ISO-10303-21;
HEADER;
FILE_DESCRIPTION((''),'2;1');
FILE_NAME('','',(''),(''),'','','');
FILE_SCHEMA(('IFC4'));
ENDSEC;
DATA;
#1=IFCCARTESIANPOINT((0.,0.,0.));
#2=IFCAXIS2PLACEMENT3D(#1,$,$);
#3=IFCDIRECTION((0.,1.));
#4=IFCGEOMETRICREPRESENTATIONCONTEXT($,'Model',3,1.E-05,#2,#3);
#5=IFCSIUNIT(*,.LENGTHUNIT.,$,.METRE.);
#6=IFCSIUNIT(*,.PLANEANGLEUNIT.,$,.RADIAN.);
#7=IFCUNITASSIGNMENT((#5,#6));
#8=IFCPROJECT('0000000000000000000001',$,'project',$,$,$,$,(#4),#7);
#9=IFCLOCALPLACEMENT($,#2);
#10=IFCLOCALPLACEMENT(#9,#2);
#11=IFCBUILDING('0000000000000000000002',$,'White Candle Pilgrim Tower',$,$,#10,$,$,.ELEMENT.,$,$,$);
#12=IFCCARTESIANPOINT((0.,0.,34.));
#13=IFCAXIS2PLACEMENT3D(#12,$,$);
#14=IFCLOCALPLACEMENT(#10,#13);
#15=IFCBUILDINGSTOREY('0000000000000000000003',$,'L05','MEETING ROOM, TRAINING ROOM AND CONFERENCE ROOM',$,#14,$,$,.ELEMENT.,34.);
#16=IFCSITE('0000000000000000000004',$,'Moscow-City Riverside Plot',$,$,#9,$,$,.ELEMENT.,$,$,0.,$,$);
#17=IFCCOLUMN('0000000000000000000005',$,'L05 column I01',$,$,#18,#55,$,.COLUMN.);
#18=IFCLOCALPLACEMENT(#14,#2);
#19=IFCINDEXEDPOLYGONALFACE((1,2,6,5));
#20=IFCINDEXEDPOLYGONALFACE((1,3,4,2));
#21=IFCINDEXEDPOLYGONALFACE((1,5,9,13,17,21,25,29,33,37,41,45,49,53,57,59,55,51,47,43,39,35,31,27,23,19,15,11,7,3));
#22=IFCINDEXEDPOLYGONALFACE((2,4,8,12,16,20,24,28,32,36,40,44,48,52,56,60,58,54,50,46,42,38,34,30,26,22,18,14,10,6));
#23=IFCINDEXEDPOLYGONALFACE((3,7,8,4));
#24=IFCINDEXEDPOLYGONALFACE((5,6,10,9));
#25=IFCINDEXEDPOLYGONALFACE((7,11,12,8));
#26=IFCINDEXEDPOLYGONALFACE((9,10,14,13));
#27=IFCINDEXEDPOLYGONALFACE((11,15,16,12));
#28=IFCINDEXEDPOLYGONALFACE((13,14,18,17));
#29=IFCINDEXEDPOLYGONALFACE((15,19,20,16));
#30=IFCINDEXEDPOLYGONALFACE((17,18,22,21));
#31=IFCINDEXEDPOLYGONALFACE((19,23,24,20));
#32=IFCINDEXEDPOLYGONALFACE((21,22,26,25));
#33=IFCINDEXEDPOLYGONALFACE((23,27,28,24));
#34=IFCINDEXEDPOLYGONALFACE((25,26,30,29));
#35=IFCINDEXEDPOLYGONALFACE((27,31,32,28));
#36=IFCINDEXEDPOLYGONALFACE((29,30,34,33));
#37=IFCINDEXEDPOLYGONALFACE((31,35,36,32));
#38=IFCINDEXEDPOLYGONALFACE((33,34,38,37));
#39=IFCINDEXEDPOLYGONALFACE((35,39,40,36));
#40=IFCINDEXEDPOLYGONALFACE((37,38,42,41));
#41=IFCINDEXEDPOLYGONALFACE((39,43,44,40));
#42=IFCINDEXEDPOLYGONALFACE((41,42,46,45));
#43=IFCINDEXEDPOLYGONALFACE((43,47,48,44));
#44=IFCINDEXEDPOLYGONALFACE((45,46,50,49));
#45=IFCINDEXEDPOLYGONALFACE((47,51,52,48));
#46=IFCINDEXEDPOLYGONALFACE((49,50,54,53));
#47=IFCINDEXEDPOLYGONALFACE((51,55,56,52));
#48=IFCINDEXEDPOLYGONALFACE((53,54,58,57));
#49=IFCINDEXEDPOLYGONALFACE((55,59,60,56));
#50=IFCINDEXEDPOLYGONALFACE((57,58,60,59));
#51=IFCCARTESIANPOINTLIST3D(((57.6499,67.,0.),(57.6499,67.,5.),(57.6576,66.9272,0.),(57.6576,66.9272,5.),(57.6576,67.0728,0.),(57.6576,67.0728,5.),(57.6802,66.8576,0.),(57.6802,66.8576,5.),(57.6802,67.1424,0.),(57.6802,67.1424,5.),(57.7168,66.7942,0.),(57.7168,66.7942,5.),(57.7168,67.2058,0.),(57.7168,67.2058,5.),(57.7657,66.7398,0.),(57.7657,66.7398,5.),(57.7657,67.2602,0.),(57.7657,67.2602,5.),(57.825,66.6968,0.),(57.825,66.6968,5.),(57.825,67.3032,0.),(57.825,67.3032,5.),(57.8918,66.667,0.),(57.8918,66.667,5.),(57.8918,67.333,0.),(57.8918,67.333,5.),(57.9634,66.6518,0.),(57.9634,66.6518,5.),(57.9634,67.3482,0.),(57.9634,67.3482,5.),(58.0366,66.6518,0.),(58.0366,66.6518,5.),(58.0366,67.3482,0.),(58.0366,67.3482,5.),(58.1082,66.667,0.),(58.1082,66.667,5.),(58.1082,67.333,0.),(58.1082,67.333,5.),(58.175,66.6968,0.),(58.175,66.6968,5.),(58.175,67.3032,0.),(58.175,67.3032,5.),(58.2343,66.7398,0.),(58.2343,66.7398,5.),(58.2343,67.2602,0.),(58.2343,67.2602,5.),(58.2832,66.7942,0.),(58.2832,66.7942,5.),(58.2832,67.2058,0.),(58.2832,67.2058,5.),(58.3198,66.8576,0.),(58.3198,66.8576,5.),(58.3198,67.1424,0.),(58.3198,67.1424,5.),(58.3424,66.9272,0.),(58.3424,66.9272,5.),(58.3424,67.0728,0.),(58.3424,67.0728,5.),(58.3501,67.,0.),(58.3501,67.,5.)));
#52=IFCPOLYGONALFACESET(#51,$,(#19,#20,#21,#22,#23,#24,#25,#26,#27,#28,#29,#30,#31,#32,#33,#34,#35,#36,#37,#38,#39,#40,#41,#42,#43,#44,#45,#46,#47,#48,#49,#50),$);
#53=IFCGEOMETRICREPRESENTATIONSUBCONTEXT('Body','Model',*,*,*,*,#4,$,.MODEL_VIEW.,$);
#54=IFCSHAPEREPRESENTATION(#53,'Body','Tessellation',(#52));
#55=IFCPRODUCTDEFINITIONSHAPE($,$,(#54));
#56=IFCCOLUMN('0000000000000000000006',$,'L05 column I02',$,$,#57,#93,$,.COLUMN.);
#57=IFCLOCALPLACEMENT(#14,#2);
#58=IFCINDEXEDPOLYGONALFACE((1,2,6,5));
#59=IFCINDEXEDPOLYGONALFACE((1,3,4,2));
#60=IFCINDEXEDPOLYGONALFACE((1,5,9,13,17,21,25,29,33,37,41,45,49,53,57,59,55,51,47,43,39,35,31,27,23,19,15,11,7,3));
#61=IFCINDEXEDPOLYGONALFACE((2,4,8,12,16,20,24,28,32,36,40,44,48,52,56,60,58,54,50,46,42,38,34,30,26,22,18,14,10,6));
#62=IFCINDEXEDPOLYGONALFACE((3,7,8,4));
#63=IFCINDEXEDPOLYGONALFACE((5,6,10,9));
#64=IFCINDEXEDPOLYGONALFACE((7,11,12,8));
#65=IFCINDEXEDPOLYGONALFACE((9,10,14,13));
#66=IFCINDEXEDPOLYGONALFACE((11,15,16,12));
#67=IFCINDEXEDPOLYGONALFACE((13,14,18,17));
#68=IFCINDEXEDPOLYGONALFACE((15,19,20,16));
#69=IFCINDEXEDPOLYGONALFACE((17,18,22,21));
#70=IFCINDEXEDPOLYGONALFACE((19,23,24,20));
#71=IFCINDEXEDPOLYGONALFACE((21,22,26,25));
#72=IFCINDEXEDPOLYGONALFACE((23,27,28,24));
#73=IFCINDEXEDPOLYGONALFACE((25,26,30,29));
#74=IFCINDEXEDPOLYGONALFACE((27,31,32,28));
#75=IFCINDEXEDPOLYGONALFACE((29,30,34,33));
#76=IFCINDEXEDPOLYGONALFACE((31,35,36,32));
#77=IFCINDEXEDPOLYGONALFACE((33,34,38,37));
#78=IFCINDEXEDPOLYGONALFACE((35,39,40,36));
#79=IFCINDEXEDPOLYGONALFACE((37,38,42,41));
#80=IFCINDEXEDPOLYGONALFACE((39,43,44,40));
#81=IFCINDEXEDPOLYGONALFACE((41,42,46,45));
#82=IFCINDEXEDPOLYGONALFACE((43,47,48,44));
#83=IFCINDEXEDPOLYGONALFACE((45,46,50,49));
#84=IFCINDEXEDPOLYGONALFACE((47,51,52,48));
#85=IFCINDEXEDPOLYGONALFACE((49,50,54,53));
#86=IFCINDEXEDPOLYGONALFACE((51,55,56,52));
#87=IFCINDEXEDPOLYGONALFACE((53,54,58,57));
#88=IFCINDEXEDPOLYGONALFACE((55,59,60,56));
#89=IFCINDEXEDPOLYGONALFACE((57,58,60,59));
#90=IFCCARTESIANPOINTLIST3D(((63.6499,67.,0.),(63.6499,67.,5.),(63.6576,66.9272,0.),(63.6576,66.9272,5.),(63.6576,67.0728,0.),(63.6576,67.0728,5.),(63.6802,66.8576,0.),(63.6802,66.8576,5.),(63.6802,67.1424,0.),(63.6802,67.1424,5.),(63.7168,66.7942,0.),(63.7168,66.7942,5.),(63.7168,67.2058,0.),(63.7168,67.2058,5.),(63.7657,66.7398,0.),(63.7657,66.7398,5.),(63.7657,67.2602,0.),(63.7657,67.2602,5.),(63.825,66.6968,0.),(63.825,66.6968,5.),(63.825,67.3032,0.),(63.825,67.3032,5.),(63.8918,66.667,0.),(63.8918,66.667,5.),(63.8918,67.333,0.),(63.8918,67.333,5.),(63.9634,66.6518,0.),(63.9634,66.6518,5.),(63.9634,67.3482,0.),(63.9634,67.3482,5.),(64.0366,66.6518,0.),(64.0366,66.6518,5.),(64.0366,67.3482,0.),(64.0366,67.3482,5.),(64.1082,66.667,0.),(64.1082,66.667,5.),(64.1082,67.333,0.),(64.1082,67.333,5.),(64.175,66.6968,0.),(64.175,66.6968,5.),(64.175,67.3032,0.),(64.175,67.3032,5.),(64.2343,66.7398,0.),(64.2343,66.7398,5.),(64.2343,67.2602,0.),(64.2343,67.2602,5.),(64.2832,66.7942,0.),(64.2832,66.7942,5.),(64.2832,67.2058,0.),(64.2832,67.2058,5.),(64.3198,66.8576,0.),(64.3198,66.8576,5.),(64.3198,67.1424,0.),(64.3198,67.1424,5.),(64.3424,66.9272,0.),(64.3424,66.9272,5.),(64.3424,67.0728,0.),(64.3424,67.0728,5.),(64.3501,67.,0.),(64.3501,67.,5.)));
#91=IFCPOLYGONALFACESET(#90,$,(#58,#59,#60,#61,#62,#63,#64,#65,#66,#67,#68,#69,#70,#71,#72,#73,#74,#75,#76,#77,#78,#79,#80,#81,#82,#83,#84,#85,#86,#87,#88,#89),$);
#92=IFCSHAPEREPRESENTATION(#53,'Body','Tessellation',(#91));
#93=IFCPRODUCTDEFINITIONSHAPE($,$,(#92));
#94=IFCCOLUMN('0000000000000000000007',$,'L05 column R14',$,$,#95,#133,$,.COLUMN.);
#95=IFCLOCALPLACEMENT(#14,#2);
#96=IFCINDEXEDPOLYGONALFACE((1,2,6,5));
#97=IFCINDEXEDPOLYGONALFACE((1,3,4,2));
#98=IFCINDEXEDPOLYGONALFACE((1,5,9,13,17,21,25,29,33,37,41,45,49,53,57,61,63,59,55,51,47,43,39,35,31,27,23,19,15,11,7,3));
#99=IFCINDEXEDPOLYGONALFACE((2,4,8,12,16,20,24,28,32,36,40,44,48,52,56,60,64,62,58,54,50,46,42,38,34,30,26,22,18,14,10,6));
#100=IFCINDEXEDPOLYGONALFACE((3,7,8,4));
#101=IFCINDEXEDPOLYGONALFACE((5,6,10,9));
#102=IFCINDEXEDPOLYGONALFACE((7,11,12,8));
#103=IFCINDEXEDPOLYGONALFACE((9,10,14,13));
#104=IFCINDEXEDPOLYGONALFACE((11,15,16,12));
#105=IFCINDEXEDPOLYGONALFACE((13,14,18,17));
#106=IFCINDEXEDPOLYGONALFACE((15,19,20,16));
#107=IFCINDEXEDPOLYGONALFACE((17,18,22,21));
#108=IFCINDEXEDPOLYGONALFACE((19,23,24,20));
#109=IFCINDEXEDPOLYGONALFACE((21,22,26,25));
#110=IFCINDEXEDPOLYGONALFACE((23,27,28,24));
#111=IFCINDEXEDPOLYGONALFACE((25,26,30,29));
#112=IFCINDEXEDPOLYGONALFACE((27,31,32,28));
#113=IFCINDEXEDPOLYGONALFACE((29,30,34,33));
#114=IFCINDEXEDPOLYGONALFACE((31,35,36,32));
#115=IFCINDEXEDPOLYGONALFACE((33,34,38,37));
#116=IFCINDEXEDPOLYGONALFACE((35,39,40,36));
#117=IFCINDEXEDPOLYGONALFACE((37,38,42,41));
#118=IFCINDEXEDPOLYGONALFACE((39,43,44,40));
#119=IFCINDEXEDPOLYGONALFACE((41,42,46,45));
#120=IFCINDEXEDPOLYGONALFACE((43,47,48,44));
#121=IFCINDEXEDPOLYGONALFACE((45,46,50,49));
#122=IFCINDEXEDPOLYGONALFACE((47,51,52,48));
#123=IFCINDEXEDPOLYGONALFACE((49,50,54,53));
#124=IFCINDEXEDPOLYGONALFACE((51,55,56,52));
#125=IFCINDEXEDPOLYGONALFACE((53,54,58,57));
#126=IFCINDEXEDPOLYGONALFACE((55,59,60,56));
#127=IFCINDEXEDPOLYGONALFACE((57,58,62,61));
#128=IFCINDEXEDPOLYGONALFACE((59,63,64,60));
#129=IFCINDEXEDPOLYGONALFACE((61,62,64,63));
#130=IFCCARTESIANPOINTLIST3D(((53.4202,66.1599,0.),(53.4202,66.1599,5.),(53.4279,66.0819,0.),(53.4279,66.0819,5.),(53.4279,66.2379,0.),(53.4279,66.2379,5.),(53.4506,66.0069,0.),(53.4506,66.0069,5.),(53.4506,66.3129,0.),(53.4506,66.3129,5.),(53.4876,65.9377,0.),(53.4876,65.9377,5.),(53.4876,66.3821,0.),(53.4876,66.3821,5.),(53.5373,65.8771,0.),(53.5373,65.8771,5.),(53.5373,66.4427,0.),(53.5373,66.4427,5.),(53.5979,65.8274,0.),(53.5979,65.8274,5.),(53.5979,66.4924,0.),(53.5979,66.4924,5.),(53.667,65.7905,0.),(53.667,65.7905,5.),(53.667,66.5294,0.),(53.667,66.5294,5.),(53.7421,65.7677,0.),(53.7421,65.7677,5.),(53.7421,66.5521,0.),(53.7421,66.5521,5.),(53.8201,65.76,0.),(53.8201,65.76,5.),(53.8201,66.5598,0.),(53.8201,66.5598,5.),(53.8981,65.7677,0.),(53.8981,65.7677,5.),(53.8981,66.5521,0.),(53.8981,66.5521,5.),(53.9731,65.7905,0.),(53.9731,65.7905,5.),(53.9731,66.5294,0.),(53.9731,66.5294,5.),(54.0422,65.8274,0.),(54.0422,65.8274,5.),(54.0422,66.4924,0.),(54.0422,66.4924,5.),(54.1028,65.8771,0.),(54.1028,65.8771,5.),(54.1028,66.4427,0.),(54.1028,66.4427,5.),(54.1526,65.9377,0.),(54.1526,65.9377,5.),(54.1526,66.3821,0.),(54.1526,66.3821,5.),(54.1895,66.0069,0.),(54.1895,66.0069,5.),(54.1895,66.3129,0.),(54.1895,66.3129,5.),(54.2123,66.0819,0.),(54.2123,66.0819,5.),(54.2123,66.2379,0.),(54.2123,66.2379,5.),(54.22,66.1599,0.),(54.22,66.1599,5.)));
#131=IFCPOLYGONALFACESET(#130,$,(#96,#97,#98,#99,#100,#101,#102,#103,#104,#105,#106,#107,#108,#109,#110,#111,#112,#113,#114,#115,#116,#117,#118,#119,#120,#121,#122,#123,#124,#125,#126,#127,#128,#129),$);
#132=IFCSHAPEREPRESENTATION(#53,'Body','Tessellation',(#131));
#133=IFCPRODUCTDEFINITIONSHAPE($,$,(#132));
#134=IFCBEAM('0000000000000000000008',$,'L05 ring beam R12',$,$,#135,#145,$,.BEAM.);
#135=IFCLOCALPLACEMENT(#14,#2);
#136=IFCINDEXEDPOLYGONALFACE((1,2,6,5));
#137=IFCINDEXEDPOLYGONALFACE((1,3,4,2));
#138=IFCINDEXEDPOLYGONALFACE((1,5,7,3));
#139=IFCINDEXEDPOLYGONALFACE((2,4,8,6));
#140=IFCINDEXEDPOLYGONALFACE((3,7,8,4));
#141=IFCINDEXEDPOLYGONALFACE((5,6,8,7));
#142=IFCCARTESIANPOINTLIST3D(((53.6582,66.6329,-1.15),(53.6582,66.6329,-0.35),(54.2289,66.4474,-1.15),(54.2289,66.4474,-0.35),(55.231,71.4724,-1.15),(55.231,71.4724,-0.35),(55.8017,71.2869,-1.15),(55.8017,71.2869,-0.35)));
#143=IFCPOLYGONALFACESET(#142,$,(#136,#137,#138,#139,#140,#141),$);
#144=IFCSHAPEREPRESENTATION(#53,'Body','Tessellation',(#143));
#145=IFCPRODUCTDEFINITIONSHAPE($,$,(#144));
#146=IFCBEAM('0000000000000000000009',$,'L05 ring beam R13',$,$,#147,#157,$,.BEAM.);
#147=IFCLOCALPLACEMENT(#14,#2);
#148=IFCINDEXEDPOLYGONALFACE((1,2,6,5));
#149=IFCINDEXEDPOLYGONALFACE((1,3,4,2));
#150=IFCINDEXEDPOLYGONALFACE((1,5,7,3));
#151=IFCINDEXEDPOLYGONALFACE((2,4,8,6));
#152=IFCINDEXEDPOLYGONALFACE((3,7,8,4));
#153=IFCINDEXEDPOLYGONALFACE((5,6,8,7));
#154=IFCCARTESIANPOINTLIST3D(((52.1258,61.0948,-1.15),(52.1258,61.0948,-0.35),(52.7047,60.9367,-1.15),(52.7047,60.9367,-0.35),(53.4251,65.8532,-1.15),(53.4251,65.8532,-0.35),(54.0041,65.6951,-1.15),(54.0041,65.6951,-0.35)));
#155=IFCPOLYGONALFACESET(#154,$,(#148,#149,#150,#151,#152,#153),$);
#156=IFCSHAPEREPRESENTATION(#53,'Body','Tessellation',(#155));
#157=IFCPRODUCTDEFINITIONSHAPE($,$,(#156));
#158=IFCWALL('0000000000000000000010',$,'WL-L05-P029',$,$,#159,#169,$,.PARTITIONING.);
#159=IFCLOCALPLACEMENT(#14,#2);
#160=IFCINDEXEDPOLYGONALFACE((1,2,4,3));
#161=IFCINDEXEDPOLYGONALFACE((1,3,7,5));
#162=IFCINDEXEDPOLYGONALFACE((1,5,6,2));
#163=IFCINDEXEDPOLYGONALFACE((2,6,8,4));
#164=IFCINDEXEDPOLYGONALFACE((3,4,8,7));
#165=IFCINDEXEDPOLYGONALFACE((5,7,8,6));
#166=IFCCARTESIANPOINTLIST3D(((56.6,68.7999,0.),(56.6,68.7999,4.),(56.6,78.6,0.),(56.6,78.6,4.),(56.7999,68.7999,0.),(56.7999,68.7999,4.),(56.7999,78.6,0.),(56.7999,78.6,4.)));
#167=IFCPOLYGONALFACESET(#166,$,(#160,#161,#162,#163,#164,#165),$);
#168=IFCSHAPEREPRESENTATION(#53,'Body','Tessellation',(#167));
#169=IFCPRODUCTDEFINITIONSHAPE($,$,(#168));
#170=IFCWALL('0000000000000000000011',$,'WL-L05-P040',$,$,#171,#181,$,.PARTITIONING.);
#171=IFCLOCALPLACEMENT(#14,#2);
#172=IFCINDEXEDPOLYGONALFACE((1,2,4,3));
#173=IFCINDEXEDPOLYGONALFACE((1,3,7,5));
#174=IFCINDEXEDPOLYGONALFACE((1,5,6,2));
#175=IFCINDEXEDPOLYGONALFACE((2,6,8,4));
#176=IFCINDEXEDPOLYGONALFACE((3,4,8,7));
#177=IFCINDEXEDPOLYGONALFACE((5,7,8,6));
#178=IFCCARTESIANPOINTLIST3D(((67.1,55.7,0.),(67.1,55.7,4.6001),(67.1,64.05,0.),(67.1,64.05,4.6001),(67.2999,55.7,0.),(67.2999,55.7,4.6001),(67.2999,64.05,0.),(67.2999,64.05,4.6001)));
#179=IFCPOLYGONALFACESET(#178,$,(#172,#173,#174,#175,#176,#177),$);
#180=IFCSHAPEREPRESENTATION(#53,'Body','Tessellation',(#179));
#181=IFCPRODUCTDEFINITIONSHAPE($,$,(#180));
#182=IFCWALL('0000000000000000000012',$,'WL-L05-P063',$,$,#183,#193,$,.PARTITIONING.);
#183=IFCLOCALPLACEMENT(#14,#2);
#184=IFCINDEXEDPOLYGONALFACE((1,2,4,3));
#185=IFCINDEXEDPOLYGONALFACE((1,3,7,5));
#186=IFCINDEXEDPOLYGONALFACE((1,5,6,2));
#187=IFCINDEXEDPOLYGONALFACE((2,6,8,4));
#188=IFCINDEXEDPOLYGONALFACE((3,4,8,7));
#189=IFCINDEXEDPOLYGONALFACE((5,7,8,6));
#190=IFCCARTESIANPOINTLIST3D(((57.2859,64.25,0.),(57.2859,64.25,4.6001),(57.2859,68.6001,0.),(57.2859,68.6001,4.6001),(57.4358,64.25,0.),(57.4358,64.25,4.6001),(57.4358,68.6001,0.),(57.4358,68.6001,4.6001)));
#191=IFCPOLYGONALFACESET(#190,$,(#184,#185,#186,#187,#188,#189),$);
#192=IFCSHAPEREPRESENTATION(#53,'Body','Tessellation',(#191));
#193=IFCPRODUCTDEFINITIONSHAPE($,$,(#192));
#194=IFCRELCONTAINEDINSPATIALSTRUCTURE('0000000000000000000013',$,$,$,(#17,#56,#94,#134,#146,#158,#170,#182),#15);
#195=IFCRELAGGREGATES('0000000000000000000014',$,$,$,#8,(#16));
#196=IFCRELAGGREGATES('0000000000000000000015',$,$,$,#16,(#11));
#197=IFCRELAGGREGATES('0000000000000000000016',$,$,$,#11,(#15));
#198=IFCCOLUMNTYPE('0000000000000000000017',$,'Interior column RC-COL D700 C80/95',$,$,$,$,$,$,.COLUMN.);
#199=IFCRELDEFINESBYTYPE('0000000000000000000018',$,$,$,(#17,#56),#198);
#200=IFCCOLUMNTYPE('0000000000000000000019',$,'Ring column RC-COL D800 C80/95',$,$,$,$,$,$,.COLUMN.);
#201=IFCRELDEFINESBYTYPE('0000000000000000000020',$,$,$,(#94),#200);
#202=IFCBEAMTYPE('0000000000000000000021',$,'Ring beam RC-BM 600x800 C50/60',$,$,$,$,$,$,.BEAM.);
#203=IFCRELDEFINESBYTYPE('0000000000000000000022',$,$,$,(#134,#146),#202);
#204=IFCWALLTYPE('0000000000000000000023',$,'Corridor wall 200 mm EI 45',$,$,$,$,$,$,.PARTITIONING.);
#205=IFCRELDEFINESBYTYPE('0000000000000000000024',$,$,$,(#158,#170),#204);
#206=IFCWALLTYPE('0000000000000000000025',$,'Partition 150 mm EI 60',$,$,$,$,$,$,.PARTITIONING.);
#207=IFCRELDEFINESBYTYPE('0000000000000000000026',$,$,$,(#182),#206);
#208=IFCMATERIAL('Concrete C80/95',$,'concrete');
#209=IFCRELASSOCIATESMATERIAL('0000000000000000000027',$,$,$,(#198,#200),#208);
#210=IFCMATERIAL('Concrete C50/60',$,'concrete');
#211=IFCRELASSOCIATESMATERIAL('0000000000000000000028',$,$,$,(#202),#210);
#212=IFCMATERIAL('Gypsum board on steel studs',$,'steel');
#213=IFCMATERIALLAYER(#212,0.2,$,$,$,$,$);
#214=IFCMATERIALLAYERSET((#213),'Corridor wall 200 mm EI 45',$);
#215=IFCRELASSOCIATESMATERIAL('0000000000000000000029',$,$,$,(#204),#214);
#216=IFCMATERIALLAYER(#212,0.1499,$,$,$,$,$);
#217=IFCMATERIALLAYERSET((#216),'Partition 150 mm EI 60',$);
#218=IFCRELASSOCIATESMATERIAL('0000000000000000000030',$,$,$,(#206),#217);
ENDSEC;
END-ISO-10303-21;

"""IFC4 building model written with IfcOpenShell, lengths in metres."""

from ifc_helpers import new_model, si_unit, direction, frame, frame_2d, origin, origin_2d, place, context, subcontext, project, spatial, rectangle, circle, extrude, material, layer, layer_set, material_profile, profile_set, type_object, element, save


model = new_model("IFC4")

# Units and contexts
model_context = context("Model", 3, precision=1e-05, world=origin(), true_north=direction((0.0, 1.0)))
body_context = subcontext(model_context, "Body", "Model", "MODEL_VIEW")
ifc_project = project(units=[si_unit("LENGTHUNIT", "METRE"), si_unit("PLANEANGLEUNIT", "RADIAN")], contexts=[model_context])

# Site, building, storey
site_placement = place(None, origin())
site = spatial("IfcSite", under=ifc_project, at=site_placement, Name="Moscow-City Riverside Plot", CompositionType="ELEMENT", RefElevation=0.0)
building_placement = place(site_placement, origin())
building = spatial("IfcBuilding", under=site, at=building_placement, Name="White Candle Pilgrim Tower", CompositionType="ELEMENT")
storey_placement = place(building_placement, frame((0.0, 0.0, 34.0)))
storey = spatial("IfcBuildingStorey", under=building, at=storey_placement, Name="L05", Description="MEETING ROOM, TRAINING ROOM AND CONFERENCE ROOM", CompositionType="ELEMENT", Elevation=34.0)

# Columns
ifc_material_1 = material(Name="Concrete C80/95", Category="concrete")
ifc_material_profile_1 = material_profile(ifc_material_1, circle(Radius=0.3501, at=origin_2d()), Name="RC-COL D700")
ifc_profile_set_1 = profile_set([ifc_material_profile_1], Name="Concrete C80/95")
column_type_1 = type_object("IfcColumnType", Name="Interior column RC-COL D700 C80/95", PredefinedType="COLUMN", material=ifc_profile_set_1)
for number, where, z_axis, x_axis, name in (
    (1, (58.0, 67.0, 0.0), (0.0, 0.0, 1.0), (1.0, 0.0, 0.0), "L05 column I01"),
    (2, (64.0, 67.0, 0.0), (0.0, 0.0, 1.0), (1.0, 0.0, 0.0), "L05 column I02"),
):
    element("IfcColumn", number, at=place(storey_placement, frame(where, z_axis=z_axis, x_axis=x_axis)), inside=storey, type_object=column_type_1, Name=name, PredefinedType="COLUMN", context=body_context, shape_type="SweptSolid", body=[
        extrude(circle(Radius=0.3501, at=origin_2d()), origin(), (0.0, 0.0, 1.0), 5.0),
    ])
ifc_material_profile_2 = material_profile(ifc_material_1, circle(Radius=0.3999, at=origin_2d()), Name="RC-COL D800")
ifc_profile_set_2 = profile_set([ifc_material_profile_2], Name="Concrete C80/95")
column_type_2 = type_object("IfcColumnType", Name="Ring column RC-COL D800 C80/95", PredefinedType="COLUMN", material=ifc_profile_set_2)
column_placement = place(storey_placement, frame((53.8201, 66.1599, 0.0), z_axis=(0.0, 0.0, 1.0), x_axis=(1.0, 0.0, 0.0)))
element("IfcColumn", 3, at=column_placement, inside=storey, type_object=column_type_2, Name="L05 column R14", PredefinedType="COLUMN", context=body_context, shape_type="SweptSolid", body=[
    extrude(circle(Radius=0.3999, at=origin_2d()), origin(), (0.0, 0.0, 1.0), 5.0),
])

# Beams
ifc_material_2 = material(Name="Concrete C50/60", Category="concrete")
ifc_material_profile_3 = material_profile(ifc_material_2, rectangle(XDim=0.6001, YDim=0.8, at=origin_2d()), Name="RC-BM 600x800")
ifc_profile_set_3 = profile_set([ifc_material_profile_3], Name="Concrete C50/60")
beam_type = type_object("IfcBeamType", Name="Ring beam RC-BM 600x800 C50/60", PredefinedType="BEAM", material=ifc_profile_set_3)
beam_1_placement = place(storey_placement, frame((55.5164, 71.3796, -0.75), z_axis=(-0.30908, -0.951036, 0.0), x_axis=(0.951036, -0.30908, 0.0)))
element("IfcBeam", 4, at=beam_1_placement, inside=storey, type_object=beam_type, Name="L05 ring beam R12", PredefinedType="BEAM", context=body_context, shape_type="SweptSolid", body=[
    extrude(rectangle(XDim=0.6001, YDim=0.8, at=origin_2d()), origin(), (0.0, 0.0, 1.0), 5.0886),
])
beam_2_placement = place(storey_placement, frame((53.7146, 65.7742, -0.75), z_axis=(-0.263419, -0.964682, 0.0), x_axis=(0.964682, -0.263419, 0.0)))
element("IfcBeam", 5, at=beam_2_placement, inside=storey, type_object=beam_type, Name="L05 ring beam R13", PredefinedType="BEAM", context=body_context, shape_type="SweptSolid", body=[
    extrude(rectangle(XDim=0.6001, YDim=0.8, at=origin_2d()), origin(), (0.0, 0.0, 1.0), 4.9326),
])

# Walls
ifc_material_3 = material(Name="Gypsum board on steel studs", Category="steel")
ifc_layer_1 = layer(ifc_material_3, 0.2)
ifc_layer_set_1 = layer_set([ifc_layer_1], Name="Corridor wall 200 mm EI 45")
wall_type_1 = type_object("IfcWallType", Name="Corridor wall 200 mm EI 45", PredefinedType="PARTITIONING", material=ifc_layer_set_1)
wall_1_placement = place(storey_placement, frame((56.7, 68.8, 0.0), z_axis=(0.0, 0.0, 1.0), x_axis=(0.0, 1.0, 0.0)))
element("IfcWall", 6, at=wall_1_placement, inside=storey, type_object=wall_type_1, Name="WL-L05-P029", PredefinedType="PARTITIONING", context=body_context, shape_type="SweptSolid", body=[
    extrude(rectangle(XDim=9.8, YDim=0.2, at=frame_2d((4.8999, 0.0))), origin(), (0.0, 0.0, 1.0), 4.0),
])
wall_2_placement = place(storey_placement, frame((67.2, 64.05, 0.0), z_axis=(0.0, 0.0, 1.0), x_axis=(0.0, -1.0, 0.0)))
element("IfcWall", 7, at=wall_2_placement, inside=storey, type_object=wall_type_1, Name="WL-L05-P040", PredefinedType="PARTITIONING", context=body_context, shape_type="SweptSolid", body=[
    extrude(rectangle(XDim=8.3501, YDim=0.2, at=frame_2d((4.175, 0.0))), origin(), (0.0, 0.0, 1.0), 4.6001),
])
ifc_layer_2 = layer(ifc_material_3, 0.1499)
ifc_layer_set_2 = layer_set([ifc_layer_2], Name="Partition 150 mm EI 60")
wall_type_2 = type_object("IfcWallType", Name="Partition 150 mm EI 60", PredefinedType="PARTITIONING", material=ifc_layer_set_2)
wall_3_placement = place(storey_placement, frame((57.3608, 64.25, 0.0), z_axis=(0.0, 0.0, 1.0), x_axis=(0.0, 1.0, 0.0)))
element("IfcWall", 8, at=wall_3_placement, inside=storey, type_object=wall_type_2, Name="WL-L05-P063", PredefinedType="PARTITIONING", context=body_context, shape_type="SweptSolid", body=[
    extrude(rectangle(XDim=4.3501, YDim=0.1499, at=frame_2d((2.175, 0.0))), origin(), (0.0, 0.0, 1.0), 4.6001),
])

save(model, "model.ifc")
